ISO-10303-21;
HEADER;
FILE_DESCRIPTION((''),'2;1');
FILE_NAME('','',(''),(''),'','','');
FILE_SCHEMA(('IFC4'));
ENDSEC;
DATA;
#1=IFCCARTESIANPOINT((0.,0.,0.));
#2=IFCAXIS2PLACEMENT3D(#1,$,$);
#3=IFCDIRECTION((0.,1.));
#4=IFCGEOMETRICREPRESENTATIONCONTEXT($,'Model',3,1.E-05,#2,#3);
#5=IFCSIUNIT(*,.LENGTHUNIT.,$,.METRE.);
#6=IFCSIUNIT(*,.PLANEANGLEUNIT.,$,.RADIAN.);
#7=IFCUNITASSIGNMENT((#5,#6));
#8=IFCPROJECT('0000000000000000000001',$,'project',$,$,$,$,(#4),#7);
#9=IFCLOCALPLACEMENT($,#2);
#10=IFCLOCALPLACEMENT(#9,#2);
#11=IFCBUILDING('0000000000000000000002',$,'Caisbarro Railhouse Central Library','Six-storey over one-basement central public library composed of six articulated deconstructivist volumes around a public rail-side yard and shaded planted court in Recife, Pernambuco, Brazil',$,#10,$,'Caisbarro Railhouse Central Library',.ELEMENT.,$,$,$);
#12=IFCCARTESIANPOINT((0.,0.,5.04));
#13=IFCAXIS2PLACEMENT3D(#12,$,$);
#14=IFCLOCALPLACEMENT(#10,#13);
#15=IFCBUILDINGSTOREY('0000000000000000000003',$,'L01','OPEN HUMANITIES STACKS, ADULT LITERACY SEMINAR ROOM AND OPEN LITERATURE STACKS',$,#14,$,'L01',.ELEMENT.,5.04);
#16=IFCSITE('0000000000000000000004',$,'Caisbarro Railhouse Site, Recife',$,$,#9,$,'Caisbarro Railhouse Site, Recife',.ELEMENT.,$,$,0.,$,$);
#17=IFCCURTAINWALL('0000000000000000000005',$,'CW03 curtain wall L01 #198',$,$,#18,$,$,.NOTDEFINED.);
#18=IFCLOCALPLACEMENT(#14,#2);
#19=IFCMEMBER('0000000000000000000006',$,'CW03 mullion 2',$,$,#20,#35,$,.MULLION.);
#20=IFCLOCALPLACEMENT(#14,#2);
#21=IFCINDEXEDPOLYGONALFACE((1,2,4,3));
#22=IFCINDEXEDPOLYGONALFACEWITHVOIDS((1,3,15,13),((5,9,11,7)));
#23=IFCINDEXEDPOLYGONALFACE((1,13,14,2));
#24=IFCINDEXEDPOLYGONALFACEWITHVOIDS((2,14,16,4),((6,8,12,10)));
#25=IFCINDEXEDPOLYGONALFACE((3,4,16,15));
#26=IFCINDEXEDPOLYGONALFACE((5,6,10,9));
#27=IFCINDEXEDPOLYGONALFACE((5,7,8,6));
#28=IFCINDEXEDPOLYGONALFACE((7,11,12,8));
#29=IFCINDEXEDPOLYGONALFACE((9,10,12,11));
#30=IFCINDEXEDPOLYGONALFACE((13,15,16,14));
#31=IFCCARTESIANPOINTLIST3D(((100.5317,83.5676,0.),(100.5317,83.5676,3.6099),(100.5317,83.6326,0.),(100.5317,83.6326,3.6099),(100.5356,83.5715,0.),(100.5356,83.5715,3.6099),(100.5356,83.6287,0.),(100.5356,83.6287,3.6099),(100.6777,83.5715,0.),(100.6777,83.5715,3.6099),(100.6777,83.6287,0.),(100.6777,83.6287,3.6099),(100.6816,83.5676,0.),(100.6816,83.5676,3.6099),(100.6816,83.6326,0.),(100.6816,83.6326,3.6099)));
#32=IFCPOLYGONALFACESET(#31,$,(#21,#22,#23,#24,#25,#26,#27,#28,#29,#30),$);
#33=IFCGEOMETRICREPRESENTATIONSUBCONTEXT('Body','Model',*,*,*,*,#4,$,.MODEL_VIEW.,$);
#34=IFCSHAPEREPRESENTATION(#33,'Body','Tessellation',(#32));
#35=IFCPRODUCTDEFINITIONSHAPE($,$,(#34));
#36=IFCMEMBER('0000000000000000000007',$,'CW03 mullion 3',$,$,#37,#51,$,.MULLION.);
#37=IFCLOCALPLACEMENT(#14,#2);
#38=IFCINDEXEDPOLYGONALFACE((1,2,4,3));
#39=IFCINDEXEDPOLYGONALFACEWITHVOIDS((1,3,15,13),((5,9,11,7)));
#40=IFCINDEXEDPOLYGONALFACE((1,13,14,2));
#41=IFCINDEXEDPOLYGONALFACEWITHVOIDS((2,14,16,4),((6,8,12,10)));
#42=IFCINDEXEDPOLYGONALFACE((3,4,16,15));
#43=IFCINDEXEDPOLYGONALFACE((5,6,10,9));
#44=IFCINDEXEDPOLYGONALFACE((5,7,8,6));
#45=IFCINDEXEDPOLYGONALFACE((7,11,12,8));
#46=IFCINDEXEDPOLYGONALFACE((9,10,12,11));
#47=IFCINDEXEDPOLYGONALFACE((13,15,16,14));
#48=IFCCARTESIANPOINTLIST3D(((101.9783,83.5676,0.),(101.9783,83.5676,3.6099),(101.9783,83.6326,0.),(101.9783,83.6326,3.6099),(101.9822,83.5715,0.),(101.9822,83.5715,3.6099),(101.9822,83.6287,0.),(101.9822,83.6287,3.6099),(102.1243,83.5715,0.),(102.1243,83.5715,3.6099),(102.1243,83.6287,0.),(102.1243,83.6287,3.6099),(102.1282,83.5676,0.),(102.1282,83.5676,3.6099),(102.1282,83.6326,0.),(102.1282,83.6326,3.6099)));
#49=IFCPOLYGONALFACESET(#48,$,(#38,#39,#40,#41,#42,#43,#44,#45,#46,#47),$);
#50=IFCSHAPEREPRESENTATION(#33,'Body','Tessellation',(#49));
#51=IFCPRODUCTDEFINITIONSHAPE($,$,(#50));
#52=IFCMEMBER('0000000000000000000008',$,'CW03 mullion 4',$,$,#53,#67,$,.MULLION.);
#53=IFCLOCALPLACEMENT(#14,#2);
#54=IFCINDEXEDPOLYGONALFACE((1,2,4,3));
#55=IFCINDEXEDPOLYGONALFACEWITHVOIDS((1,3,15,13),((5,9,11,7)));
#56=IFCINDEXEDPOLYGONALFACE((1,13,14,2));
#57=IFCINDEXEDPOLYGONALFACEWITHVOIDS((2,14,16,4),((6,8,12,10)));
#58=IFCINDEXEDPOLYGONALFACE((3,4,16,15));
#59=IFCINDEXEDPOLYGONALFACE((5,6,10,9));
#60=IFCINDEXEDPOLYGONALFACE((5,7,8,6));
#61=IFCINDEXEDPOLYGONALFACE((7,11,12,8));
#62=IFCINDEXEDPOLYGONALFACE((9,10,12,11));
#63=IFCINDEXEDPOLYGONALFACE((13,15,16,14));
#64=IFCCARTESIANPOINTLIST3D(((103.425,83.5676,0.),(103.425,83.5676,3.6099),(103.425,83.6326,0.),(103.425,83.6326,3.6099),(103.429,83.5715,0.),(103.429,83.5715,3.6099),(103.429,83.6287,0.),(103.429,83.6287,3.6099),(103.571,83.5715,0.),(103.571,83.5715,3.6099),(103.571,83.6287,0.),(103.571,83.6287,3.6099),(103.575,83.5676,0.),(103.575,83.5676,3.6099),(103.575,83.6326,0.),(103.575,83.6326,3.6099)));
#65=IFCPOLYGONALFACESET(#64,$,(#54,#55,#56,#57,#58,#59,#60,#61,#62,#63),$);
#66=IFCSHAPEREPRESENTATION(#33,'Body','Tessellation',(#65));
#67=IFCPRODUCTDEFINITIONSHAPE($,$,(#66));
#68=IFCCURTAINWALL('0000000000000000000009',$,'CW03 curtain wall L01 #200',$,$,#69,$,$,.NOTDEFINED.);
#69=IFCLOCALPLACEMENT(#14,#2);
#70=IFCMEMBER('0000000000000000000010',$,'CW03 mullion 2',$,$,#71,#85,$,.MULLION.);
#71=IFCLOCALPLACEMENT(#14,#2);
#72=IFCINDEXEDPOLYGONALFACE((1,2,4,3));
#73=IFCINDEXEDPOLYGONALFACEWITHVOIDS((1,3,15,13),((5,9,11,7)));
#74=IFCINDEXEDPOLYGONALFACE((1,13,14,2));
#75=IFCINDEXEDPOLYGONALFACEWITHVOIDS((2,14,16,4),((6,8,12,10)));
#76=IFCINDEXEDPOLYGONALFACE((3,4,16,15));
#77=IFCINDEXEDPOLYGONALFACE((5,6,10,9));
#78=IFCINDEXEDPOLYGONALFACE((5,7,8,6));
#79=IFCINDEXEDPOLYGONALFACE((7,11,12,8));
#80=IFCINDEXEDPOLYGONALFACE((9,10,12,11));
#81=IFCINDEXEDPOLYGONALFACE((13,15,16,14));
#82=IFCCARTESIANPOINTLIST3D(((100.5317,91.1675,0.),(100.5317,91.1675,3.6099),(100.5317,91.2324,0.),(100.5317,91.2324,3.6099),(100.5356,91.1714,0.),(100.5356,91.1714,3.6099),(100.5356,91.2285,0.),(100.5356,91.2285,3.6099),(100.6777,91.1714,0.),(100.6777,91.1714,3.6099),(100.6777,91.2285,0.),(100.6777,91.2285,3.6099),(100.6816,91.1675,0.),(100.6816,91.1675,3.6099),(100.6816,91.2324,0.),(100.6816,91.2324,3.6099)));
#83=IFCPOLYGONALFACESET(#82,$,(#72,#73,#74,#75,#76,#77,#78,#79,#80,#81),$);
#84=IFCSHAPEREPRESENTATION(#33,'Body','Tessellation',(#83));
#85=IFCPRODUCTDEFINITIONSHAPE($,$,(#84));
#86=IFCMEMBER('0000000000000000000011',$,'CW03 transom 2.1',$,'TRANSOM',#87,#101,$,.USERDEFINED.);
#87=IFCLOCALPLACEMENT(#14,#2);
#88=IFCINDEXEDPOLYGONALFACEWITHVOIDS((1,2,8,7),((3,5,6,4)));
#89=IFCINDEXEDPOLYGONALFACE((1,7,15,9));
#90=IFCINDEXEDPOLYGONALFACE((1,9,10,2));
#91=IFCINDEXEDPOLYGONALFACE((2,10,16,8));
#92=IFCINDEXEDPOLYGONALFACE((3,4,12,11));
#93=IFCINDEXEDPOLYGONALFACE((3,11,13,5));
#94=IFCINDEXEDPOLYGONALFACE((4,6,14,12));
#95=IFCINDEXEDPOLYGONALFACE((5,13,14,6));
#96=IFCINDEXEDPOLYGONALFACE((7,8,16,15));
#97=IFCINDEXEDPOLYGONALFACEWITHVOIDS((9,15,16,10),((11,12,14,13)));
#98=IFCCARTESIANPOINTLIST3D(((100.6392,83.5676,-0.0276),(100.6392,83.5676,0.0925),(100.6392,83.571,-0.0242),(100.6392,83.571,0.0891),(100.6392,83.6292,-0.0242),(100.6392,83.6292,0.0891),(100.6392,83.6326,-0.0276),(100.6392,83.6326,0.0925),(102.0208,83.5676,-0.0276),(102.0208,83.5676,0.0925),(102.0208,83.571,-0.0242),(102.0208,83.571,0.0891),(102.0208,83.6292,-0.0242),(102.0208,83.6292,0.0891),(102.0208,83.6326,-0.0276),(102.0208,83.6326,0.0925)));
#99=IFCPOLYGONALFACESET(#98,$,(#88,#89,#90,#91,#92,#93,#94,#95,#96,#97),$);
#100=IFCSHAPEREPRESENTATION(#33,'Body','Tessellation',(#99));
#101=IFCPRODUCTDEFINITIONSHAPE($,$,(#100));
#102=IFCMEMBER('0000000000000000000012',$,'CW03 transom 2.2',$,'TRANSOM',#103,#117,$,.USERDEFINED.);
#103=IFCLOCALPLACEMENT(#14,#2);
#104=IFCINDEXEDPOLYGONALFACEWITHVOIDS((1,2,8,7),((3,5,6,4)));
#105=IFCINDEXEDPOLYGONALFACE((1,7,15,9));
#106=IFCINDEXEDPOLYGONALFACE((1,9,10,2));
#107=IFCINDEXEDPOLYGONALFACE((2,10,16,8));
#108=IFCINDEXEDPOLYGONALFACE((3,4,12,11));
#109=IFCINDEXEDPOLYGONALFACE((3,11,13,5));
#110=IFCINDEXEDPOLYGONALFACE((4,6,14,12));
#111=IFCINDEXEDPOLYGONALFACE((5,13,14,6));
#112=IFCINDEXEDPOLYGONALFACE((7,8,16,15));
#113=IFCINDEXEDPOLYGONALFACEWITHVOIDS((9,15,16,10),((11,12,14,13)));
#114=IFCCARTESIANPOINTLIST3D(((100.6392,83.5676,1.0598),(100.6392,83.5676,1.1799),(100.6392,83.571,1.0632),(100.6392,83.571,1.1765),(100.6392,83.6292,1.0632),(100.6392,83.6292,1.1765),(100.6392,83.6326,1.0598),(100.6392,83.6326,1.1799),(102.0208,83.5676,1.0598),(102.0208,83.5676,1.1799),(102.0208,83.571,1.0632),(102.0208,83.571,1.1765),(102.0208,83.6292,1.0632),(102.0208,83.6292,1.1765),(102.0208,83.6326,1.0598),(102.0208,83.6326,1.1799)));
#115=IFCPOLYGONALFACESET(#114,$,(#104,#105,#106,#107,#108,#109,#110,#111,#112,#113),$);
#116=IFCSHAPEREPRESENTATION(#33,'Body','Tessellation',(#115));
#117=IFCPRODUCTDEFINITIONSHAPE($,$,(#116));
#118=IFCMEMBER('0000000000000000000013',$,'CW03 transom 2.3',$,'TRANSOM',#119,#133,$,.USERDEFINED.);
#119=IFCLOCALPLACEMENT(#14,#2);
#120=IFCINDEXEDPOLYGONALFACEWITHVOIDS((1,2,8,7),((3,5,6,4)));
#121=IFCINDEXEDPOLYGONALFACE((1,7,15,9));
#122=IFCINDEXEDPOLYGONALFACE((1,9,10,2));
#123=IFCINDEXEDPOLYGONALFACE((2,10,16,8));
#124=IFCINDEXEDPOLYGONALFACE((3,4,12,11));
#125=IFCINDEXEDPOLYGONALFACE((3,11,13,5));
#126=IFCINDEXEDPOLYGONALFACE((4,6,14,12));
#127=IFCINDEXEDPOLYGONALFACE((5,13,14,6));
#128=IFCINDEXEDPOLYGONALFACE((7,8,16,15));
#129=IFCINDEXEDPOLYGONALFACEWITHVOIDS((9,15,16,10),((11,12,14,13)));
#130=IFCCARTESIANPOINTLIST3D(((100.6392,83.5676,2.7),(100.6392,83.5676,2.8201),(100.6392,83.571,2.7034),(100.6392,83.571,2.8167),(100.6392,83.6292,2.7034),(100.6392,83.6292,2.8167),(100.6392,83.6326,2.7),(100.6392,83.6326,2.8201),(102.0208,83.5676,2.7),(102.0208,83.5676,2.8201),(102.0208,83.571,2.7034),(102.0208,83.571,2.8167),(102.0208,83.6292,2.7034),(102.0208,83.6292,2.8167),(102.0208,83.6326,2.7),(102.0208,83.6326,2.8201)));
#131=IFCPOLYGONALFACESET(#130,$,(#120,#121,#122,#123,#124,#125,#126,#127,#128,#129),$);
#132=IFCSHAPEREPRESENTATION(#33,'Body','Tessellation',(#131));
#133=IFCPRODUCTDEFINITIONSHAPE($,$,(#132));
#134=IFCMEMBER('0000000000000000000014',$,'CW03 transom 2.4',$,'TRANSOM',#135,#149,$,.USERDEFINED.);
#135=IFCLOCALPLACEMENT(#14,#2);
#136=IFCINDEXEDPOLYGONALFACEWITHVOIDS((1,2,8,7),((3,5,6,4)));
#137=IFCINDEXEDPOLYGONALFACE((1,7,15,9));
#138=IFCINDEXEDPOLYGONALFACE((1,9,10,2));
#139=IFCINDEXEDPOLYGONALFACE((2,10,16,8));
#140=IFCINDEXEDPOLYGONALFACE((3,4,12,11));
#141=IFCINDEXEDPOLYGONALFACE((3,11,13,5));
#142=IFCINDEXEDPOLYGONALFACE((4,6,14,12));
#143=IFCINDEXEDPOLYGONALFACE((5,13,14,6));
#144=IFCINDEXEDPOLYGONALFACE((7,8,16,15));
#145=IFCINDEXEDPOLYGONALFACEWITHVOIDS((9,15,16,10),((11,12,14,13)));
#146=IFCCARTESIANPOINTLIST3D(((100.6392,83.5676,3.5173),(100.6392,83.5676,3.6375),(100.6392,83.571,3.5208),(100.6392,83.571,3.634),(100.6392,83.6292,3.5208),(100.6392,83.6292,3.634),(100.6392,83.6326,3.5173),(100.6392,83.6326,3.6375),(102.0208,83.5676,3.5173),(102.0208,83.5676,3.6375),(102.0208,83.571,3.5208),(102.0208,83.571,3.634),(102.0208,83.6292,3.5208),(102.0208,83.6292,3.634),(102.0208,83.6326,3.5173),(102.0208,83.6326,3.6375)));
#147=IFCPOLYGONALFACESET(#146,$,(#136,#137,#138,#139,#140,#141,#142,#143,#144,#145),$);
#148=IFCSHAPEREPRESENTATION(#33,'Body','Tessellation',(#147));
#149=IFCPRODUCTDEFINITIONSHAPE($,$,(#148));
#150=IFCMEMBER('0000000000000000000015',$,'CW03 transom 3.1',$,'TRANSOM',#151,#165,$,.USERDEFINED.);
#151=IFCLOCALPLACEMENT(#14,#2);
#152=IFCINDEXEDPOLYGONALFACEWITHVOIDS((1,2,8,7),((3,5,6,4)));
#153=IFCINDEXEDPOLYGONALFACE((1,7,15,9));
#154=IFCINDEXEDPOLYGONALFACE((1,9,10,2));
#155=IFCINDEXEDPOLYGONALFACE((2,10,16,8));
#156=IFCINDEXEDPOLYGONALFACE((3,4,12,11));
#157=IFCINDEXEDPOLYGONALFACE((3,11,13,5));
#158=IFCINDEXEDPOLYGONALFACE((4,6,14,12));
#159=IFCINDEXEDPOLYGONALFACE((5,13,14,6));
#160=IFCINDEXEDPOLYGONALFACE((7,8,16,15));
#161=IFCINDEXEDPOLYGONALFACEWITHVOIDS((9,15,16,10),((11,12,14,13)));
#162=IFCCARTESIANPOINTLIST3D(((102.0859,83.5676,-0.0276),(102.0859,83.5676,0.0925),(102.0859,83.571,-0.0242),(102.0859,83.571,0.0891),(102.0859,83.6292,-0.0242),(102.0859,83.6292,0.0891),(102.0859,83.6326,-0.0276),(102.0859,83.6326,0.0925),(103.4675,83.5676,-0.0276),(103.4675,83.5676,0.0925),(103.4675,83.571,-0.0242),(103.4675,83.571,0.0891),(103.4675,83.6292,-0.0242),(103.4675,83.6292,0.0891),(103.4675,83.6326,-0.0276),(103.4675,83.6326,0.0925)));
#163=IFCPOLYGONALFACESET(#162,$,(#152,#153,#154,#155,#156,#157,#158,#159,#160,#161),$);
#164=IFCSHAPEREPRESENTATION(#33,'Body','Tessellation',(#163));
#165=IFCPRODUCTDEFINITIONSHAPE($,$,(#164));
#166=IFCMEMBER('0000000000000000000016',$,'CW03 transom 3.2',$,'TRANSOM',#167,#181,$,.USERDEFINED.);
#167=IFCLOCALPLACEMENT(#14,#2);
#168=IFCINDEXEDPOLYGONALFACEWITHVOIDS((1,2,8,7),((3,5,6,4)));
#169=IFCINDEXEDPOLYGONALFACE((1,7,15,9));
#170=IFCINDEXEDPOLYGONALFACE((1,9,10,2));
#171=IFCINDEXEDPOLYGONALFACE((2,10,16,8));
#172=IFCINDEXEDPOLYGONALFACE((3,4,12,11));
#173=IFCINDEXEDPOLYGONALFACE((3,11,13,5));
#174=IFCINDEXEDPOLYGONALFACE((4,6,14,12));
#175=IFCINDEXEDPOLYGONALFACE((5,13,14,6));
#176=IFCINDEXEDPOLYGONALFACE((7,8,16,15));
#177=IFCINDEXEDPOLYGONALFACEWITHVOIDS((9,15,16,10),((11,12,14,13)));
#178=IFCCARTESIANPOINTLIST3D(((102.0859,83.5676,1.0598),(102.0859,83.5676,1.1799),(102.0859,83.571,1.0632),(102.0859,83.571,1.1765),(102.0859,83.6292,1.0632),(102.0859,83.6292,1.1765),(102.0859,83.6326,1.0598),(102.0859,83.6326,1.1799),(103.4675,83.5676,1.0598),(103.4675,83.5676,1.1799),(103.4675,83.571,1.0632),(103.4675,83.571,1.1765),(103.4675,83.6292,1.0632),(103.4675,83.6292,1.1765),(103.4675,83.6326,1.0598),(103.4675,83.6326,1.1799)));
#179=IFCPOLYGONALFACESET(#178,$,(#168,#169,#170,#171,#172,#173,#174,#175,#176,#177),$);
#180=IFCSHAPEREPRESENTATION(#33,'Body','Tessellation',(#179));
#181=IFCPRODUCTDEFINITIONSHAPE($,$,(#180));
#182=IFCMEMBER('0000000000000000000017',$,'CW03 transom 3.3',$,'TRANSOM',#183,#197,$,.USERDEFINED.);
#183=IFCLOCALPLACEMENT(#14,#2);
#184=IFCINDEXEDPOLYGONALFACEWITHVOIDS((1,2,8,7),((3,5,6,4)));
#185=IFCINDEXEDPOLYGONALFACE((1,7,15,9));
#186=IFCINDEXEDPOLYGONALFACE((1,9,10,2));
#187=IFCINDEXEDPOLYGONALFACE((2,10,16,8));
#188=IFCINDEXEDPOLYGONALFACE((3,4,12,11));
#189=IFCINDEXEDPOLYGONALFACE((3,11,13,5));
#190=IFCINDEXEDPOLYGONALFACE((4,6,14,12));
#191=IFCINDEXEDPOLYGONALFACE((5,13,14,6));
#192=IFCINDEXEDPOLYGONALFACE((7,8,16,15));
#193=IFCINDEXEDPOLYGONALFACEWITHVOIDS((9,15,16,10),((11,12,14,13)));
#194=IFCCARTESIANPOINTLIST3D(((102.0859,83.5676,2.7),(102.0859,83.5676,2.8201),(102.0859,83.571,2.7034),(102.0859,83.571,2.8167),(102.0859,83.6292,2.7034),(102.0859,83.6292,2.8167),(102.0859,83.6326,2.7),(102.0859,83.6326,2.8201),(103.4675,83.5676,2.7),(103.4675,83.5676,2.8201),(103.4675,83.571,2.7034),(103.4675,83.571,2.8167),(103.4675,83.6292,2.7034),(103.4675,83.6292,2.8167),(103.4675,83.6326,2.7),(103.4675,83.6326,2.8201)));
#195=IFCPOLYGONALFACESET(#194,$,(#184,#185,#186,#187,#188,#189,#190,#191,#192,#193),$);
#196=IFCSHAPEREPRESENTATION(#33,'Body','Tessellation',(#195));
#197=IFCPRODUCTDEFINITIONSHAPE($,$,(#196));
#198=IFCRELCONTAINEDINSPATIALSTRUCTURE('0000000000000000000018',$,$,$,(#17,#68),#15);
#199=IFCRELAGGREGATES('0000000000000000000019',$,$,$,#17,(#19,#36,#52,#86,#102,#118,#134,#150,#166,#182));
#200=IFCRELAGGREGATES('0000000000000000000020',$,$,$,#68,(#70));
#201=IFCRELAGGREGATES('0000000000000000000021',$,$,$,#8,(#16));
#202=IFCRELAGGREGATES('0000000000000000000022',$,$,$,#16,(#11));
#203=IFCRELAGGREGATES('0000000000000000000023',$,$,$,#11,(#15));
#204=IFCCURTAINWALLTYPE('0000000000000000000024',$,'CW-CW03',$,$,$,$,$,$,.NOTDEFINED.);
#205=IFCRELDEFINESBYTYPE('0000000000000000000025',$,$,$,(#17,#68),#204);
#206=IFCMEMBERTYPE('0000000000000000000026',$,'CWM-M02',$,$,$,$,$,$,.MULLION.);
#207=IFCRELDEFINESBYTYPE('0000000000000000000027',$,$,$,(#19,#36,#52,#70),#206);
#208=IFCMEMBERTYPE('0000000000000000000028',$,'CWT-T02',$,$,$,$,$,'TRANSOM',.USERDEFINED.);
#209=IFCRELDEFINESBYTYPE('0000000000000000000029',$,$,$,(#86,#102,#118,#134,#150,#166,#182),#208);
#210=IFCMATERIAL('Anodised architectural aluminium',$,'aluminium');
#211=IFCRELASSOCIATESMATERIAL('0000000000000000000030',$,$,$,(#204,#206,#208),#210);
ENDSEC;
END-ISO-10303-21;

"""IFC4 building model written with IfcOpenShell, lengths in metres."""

from ifc_helpers import new_model, si_unit, direction, frame, origin, origin_2d, place, context, subcontext, project, spatial, hollow_rectangle, extrude, material, material_profile, profile_set, type_object, element, aggregate, save


model = new_model("IFC4")

# Units and contexts
model_context = context("Model", 3, precision=1e-05, world=origin(), true_north=direction((0.0, 1.0)))
body_context = subcontext(model_context, "Body", "Model", "MODEL_VIEW")
ifc_project = project(units=[si_unit("LENGTHUNIT", "METRE"), si_unit("PLANEANGLEUNIT", "RADIAN")], contexts=[model_context])

# Site, building, storey
site_placement = place(None, origin())
site = spatial("IfcSite", under=ifc_project, at=site_placement, Name="Caisbarro Railhouse Site, Recife", LongName="Caisbarro Railhouse Site, Recife", CompositionType="ELEMENT", RefElevation=0.0)
building_placement = place(site_placement, origin())
building = spatial("IfcBuilding", under=site, at=building_placement, Name="Caisbarro Railhouse Central Library", Description="Six-storey over one-basement central public library composed of six articulated deconstructivist volumes around a public rail-side yard and shaded planted court in Recife, Pernambuco, Brazil", LongName="Caisbarro Railhouse Central Library", CompositionType="ELEMENT")
storey_placement = place(building_placement, frame((0.0, 0.0, 5.04)))
storey = spatial("IfcBuildingStorey", under=building, at=storey_placement, Name="L01", Description="OPEN HUMANITIES STACKS, ADULT LITERACY SEMINAR ROOM AND OPEN LITERATURE STACKS", LongName="L01", CompositionType="ELEMENT", Elevation=5.04)

# Curtain wall, members
ifc_material_1 = material(Name="Anodised architectural aluminium", Category="aluminium")
curtain_wall_type = type_object("IfcCurtainWallType", Name="CW-CW03", PredefinedType="NOTDEFINED", material=ifc_material_1)
curtain_wall_1_placement = place(storey_placement, origin())
curtain_wall_1 = element("IfcCurtainWall", 1, at=curtain_wall_1_placement, inside=storey, type_object=curtain_wall_type, Name="CW03 curtain wall L01 #198", PredefinedType="NOTDEFINED")
ifc_material_profile_1 = material_profile(ifc_material_1, hollow_rectangle(XDim=0.0649, YDim=0.1499, WallThickness=0.0039, at=origin_2d()), Name="ALU-MUL-65X150")
ifc_profile_set_1 = profile_set([ifc_material_profile_1], Name="Anodised architectural aluminium")
member_type_1 = type_object("IfcMemberType", Name="CWM-M02", PredefinedType="MULLION", material=ifc_profile_set_1)
member_1_placement = place(storey_placement, frame((100.6067, 83.6001, 0.0), z_axis=(0.0, 0.0, 1.0), x_axis=(0.0, 1.0, 0.0)))
member_1 = element("IfcMember", 2, at=member_1_placement, type_object=member_type_1, Name="CW03 mullion 2", PredefinedType="MULLION", context=body_context, shape_type="SweptSolid", body=[
    extrude(hollow_rectangle(XDim=0.0649, YDim=0.1499, WallThickness=0.0039, at=origin_2d()), origin(), (0.0, 0.0, 1.0), 3.6099),
])
member_2_placement = place(storey_placement, frame((102.0532, 83.6001, 0.0), z_axis=(0.0, 0.0, 1.0), x_axis=(0.0, 1.0, 0.0)))
member_2 = element("IfcMember", 3, at=member_2_placement, type_object=member_type_1, Name="CW03 mullion 3", PredefinedType="MULLION", context=body_context, shape_type="SweptSolid", body=[
    extrude(hollow_rectangle(XDim=0.0649, YDim=0.1499, WallThickness=0.0039, at=origin_2d()), origin(), (0.0, 0.0, 1.0), 3.6099),
])
member_3_placement = place(storey_placement, frame((103.5, 83.6001, 0.0), z_axis=(0.0, 0.0, 1.0), x_axis=(0.0, 1.0, 0.0)))
member_3 = element("IfcMember", 4, at=member_3_placement, type_object=member_type_1, Name="CW03 mullion 4", PredefinedType="MULLION", context=body_context, shape_type="SweptSolid", body=[
    extrude(hollow_rectangle(XDim=0.0649, YDim=0.1499, WallThickness=0.0039, at=origin_2d()), origin(), (0.0, 0.0, 1.0), 3.6099),
])

# Curtain wall, member
curtain_wall_2_placement = place(storey_placement, origin())
curtain_wall_2 = element("IfcCurtainWall", 5, at=curtain_wall_2_placement, inside=storey, type_object=curtain_wall_type, Name="CW03 curtain wall L01 #200", PredefinedType="NOTDEFINED")
member_4_placement = place(storey_placement, frame((100.6067, 91.2, 0.0), z_axis=(0.0, 0.0, 1.0), x_axis=(0.0, 1.0, 0.0)))
member_4 = element("IfcMember", 6, at=member_4_placement, type_object=member_type_1, Name="CW03 mullion 2", PredefinedType="MULLION", context=body_context, shape_type="SweptSolid", body=[
    extrude(hollow_rectangle(XDim=0.0649, YDim=0.1499, WallThickness=0.0039, at=origin_2d()), origin(), (0.0, 0.0, 1.0), 3.6099),
])

# Members
ifc_material_profile_2 = material_profile(ifc_material_1, hollow_rectangle(XDim=0.0649, YDim=0.1201, WallThickness=0.0034, at=origin_2d()), Name="ALU-TRN-65X120")
ifc_profile_set_2 = profile_set([ifc_material_profile_2], Name="Anodised architectural aluminium")
member_type_2 = type_object("IfcMemberType", Name="CWT-T02", ElementType="TRANSOM", PredefinedType="USERDEFINED", material=ifc_profile_set_2)
member_5_placement = place(storey_placement, frame((100.6392, 83.6001, 0.0325), z_axis=(1.0, 0.0, 0.0), x_axis=(0.0, 1.0, 0.0)))
member_5 = element("IfcMember", 7, at=member_5_placement, type_object=member_type_2, Name="CW03 transom 2.1", ObjectType="TRANSOM", PredefinedType="USERDEFINED", context=body_context, shape_type="SweptSolid", body=[
    extrude(hollow_rectangle(XDim=0.0649, YDim=0.1201, WallThickness=0.0034, at=origin_2d()), origin(), (0.0, 0.0, 1.0), 1.3816),
])
member_6_placement = place(storey_placement, frame((100.6392, 83.6001, 1.1199), z_axis=(1.0, 0.0, 0.0), x_axis=(0.0, 1.0, 0.0)))
member_6 = element("IfcMember", 8, at=member_6_placement, type_object=member_type_2, Name="CW03 transom 2.2", ObjectType="TRANSOM", PredefinedType="USERDEFINED", context=body_context, shape_type="SweptSolid", body=[
    extrude(hollow_rectangle(XDim=0.0649, YDim=0.1201, WallThickness=0.0034, at=origin_2d()), origin(), (0.0, 0.0, 1.0), 1.3816),
])
member_7_placement = place(storey_placement, frame((100.6392, 83.6001, 2.76), z_axis=(1.0, 0.0, 0.0), x_axis=(0.0, 1.0, 0.0)))
member_7 = element("IfcMember", 9, at=member_7_placement, type_object=member_type_2, Name="CW03 transom 2.3", ObjectType="TRANSOM", PredefinedType="USERDEFINED", context=body_context, shape_type="SweptSolid", body=[
    extrude(hollow_rectangle(XDim=0.0649, YDim=0.1201, WallThickness=0.0034, at=origin_2d()), origin(), (0.0, 0.0, 1.0), 1.3816),
])
member_8_placement = place(storey_placement, frame((100.6392, 83.6001, 3.5774), z_axis=(1.0, 0.0, 0.0), x_axis=(0.0, 1.0, 0.0)))
member_8 = element("IfcMember", 10, at=member_8_placement, type_object=member_type_2, Name="CW03 transom 2.4", ObjectType="TRANSOM", PredefinedType="USERDEFINED", context=body_context, shape_type="SweptSolid", body=[
    extrude(hollow_rectangle(XDim=0.0649, YDim=0.1201, WallThickness=0.0034, at=origin_2d()), origin(), (0.0, 0.0, 1.0), 1.3816),
])
member_9_placement = place(storey_placement, frame((102.0859, 83.6001, 0.0325), z_axis=(1.0, 0.0, 0.0), x_axis=(0.0, 1.0, 0.0)))
member_9 = element("IfcMember", 11, at=member_9_placement, type_object=member_type_2, Name="CW03 transom 3.1", ObjectType="TRANSOM", PredefinedType="USERDEFINED", context=body_context, shape_type="SweptSolid", body=[
    extrude(hollow_rectangle(XDim=0.0649, YDim=0.1201, WallThickness=0.0034, at=origin_2d()), origin(), (0.0, 0.0, 1.0), 1.3816),
])
member_10_placement = place(storey_placement, frame((102.0859, 83.6001, 1.1199), z_axis=(1.0, 0.0, 0.0), x_axis=(0.0, 1.0, 0.0)))
member_10 = element("IfcMember", 12, at=member_10_placement, type_object=member_type_2, Name="CW03 transom 3.2", ObjectType="TRANSOM", PredefinedType="USERDEFINED", context=body_context, shape_type="SweptSolid", body=[
    extrude(hollow_rectangle(XDim=0.0649, YDim=0.1201, WallThickness=0.0034, at=origin_2d()), origin(), (0.0, 0.0, 1.0), 1.3816),
])
member_11_placement = place(storey_placement, frame((102.0859, 83.6001, 2.76), z_axis=(1.0, 0.0, 0.0), x_axis=(0.0, 1.0, 0.0)))
member_11 = element("IfcMember", 13, at=member_11_placement, type_object=member_type_2, Name="CW03 transom 3.3", ObjectType="TRANSOM", PredefinedType="USERDEFINED", context=body_context, shape_type="SweptSolid", body=[
    extrude(hollow_rectangle(XDim=0.0649, YDim=0.1201, WallThickness=0.0034, at=origin_2d()), origin(), (0.0, 0.0, 1.0), 1.3816),
])

aggregate(curtain_wall_1, [member_1, member_2, member_3, member_5, member_6, member_7, member_8, member_9, member_10, member_11])
aggregate(curtain_wall_2, [member_4])

save(model, "model.ifc")
